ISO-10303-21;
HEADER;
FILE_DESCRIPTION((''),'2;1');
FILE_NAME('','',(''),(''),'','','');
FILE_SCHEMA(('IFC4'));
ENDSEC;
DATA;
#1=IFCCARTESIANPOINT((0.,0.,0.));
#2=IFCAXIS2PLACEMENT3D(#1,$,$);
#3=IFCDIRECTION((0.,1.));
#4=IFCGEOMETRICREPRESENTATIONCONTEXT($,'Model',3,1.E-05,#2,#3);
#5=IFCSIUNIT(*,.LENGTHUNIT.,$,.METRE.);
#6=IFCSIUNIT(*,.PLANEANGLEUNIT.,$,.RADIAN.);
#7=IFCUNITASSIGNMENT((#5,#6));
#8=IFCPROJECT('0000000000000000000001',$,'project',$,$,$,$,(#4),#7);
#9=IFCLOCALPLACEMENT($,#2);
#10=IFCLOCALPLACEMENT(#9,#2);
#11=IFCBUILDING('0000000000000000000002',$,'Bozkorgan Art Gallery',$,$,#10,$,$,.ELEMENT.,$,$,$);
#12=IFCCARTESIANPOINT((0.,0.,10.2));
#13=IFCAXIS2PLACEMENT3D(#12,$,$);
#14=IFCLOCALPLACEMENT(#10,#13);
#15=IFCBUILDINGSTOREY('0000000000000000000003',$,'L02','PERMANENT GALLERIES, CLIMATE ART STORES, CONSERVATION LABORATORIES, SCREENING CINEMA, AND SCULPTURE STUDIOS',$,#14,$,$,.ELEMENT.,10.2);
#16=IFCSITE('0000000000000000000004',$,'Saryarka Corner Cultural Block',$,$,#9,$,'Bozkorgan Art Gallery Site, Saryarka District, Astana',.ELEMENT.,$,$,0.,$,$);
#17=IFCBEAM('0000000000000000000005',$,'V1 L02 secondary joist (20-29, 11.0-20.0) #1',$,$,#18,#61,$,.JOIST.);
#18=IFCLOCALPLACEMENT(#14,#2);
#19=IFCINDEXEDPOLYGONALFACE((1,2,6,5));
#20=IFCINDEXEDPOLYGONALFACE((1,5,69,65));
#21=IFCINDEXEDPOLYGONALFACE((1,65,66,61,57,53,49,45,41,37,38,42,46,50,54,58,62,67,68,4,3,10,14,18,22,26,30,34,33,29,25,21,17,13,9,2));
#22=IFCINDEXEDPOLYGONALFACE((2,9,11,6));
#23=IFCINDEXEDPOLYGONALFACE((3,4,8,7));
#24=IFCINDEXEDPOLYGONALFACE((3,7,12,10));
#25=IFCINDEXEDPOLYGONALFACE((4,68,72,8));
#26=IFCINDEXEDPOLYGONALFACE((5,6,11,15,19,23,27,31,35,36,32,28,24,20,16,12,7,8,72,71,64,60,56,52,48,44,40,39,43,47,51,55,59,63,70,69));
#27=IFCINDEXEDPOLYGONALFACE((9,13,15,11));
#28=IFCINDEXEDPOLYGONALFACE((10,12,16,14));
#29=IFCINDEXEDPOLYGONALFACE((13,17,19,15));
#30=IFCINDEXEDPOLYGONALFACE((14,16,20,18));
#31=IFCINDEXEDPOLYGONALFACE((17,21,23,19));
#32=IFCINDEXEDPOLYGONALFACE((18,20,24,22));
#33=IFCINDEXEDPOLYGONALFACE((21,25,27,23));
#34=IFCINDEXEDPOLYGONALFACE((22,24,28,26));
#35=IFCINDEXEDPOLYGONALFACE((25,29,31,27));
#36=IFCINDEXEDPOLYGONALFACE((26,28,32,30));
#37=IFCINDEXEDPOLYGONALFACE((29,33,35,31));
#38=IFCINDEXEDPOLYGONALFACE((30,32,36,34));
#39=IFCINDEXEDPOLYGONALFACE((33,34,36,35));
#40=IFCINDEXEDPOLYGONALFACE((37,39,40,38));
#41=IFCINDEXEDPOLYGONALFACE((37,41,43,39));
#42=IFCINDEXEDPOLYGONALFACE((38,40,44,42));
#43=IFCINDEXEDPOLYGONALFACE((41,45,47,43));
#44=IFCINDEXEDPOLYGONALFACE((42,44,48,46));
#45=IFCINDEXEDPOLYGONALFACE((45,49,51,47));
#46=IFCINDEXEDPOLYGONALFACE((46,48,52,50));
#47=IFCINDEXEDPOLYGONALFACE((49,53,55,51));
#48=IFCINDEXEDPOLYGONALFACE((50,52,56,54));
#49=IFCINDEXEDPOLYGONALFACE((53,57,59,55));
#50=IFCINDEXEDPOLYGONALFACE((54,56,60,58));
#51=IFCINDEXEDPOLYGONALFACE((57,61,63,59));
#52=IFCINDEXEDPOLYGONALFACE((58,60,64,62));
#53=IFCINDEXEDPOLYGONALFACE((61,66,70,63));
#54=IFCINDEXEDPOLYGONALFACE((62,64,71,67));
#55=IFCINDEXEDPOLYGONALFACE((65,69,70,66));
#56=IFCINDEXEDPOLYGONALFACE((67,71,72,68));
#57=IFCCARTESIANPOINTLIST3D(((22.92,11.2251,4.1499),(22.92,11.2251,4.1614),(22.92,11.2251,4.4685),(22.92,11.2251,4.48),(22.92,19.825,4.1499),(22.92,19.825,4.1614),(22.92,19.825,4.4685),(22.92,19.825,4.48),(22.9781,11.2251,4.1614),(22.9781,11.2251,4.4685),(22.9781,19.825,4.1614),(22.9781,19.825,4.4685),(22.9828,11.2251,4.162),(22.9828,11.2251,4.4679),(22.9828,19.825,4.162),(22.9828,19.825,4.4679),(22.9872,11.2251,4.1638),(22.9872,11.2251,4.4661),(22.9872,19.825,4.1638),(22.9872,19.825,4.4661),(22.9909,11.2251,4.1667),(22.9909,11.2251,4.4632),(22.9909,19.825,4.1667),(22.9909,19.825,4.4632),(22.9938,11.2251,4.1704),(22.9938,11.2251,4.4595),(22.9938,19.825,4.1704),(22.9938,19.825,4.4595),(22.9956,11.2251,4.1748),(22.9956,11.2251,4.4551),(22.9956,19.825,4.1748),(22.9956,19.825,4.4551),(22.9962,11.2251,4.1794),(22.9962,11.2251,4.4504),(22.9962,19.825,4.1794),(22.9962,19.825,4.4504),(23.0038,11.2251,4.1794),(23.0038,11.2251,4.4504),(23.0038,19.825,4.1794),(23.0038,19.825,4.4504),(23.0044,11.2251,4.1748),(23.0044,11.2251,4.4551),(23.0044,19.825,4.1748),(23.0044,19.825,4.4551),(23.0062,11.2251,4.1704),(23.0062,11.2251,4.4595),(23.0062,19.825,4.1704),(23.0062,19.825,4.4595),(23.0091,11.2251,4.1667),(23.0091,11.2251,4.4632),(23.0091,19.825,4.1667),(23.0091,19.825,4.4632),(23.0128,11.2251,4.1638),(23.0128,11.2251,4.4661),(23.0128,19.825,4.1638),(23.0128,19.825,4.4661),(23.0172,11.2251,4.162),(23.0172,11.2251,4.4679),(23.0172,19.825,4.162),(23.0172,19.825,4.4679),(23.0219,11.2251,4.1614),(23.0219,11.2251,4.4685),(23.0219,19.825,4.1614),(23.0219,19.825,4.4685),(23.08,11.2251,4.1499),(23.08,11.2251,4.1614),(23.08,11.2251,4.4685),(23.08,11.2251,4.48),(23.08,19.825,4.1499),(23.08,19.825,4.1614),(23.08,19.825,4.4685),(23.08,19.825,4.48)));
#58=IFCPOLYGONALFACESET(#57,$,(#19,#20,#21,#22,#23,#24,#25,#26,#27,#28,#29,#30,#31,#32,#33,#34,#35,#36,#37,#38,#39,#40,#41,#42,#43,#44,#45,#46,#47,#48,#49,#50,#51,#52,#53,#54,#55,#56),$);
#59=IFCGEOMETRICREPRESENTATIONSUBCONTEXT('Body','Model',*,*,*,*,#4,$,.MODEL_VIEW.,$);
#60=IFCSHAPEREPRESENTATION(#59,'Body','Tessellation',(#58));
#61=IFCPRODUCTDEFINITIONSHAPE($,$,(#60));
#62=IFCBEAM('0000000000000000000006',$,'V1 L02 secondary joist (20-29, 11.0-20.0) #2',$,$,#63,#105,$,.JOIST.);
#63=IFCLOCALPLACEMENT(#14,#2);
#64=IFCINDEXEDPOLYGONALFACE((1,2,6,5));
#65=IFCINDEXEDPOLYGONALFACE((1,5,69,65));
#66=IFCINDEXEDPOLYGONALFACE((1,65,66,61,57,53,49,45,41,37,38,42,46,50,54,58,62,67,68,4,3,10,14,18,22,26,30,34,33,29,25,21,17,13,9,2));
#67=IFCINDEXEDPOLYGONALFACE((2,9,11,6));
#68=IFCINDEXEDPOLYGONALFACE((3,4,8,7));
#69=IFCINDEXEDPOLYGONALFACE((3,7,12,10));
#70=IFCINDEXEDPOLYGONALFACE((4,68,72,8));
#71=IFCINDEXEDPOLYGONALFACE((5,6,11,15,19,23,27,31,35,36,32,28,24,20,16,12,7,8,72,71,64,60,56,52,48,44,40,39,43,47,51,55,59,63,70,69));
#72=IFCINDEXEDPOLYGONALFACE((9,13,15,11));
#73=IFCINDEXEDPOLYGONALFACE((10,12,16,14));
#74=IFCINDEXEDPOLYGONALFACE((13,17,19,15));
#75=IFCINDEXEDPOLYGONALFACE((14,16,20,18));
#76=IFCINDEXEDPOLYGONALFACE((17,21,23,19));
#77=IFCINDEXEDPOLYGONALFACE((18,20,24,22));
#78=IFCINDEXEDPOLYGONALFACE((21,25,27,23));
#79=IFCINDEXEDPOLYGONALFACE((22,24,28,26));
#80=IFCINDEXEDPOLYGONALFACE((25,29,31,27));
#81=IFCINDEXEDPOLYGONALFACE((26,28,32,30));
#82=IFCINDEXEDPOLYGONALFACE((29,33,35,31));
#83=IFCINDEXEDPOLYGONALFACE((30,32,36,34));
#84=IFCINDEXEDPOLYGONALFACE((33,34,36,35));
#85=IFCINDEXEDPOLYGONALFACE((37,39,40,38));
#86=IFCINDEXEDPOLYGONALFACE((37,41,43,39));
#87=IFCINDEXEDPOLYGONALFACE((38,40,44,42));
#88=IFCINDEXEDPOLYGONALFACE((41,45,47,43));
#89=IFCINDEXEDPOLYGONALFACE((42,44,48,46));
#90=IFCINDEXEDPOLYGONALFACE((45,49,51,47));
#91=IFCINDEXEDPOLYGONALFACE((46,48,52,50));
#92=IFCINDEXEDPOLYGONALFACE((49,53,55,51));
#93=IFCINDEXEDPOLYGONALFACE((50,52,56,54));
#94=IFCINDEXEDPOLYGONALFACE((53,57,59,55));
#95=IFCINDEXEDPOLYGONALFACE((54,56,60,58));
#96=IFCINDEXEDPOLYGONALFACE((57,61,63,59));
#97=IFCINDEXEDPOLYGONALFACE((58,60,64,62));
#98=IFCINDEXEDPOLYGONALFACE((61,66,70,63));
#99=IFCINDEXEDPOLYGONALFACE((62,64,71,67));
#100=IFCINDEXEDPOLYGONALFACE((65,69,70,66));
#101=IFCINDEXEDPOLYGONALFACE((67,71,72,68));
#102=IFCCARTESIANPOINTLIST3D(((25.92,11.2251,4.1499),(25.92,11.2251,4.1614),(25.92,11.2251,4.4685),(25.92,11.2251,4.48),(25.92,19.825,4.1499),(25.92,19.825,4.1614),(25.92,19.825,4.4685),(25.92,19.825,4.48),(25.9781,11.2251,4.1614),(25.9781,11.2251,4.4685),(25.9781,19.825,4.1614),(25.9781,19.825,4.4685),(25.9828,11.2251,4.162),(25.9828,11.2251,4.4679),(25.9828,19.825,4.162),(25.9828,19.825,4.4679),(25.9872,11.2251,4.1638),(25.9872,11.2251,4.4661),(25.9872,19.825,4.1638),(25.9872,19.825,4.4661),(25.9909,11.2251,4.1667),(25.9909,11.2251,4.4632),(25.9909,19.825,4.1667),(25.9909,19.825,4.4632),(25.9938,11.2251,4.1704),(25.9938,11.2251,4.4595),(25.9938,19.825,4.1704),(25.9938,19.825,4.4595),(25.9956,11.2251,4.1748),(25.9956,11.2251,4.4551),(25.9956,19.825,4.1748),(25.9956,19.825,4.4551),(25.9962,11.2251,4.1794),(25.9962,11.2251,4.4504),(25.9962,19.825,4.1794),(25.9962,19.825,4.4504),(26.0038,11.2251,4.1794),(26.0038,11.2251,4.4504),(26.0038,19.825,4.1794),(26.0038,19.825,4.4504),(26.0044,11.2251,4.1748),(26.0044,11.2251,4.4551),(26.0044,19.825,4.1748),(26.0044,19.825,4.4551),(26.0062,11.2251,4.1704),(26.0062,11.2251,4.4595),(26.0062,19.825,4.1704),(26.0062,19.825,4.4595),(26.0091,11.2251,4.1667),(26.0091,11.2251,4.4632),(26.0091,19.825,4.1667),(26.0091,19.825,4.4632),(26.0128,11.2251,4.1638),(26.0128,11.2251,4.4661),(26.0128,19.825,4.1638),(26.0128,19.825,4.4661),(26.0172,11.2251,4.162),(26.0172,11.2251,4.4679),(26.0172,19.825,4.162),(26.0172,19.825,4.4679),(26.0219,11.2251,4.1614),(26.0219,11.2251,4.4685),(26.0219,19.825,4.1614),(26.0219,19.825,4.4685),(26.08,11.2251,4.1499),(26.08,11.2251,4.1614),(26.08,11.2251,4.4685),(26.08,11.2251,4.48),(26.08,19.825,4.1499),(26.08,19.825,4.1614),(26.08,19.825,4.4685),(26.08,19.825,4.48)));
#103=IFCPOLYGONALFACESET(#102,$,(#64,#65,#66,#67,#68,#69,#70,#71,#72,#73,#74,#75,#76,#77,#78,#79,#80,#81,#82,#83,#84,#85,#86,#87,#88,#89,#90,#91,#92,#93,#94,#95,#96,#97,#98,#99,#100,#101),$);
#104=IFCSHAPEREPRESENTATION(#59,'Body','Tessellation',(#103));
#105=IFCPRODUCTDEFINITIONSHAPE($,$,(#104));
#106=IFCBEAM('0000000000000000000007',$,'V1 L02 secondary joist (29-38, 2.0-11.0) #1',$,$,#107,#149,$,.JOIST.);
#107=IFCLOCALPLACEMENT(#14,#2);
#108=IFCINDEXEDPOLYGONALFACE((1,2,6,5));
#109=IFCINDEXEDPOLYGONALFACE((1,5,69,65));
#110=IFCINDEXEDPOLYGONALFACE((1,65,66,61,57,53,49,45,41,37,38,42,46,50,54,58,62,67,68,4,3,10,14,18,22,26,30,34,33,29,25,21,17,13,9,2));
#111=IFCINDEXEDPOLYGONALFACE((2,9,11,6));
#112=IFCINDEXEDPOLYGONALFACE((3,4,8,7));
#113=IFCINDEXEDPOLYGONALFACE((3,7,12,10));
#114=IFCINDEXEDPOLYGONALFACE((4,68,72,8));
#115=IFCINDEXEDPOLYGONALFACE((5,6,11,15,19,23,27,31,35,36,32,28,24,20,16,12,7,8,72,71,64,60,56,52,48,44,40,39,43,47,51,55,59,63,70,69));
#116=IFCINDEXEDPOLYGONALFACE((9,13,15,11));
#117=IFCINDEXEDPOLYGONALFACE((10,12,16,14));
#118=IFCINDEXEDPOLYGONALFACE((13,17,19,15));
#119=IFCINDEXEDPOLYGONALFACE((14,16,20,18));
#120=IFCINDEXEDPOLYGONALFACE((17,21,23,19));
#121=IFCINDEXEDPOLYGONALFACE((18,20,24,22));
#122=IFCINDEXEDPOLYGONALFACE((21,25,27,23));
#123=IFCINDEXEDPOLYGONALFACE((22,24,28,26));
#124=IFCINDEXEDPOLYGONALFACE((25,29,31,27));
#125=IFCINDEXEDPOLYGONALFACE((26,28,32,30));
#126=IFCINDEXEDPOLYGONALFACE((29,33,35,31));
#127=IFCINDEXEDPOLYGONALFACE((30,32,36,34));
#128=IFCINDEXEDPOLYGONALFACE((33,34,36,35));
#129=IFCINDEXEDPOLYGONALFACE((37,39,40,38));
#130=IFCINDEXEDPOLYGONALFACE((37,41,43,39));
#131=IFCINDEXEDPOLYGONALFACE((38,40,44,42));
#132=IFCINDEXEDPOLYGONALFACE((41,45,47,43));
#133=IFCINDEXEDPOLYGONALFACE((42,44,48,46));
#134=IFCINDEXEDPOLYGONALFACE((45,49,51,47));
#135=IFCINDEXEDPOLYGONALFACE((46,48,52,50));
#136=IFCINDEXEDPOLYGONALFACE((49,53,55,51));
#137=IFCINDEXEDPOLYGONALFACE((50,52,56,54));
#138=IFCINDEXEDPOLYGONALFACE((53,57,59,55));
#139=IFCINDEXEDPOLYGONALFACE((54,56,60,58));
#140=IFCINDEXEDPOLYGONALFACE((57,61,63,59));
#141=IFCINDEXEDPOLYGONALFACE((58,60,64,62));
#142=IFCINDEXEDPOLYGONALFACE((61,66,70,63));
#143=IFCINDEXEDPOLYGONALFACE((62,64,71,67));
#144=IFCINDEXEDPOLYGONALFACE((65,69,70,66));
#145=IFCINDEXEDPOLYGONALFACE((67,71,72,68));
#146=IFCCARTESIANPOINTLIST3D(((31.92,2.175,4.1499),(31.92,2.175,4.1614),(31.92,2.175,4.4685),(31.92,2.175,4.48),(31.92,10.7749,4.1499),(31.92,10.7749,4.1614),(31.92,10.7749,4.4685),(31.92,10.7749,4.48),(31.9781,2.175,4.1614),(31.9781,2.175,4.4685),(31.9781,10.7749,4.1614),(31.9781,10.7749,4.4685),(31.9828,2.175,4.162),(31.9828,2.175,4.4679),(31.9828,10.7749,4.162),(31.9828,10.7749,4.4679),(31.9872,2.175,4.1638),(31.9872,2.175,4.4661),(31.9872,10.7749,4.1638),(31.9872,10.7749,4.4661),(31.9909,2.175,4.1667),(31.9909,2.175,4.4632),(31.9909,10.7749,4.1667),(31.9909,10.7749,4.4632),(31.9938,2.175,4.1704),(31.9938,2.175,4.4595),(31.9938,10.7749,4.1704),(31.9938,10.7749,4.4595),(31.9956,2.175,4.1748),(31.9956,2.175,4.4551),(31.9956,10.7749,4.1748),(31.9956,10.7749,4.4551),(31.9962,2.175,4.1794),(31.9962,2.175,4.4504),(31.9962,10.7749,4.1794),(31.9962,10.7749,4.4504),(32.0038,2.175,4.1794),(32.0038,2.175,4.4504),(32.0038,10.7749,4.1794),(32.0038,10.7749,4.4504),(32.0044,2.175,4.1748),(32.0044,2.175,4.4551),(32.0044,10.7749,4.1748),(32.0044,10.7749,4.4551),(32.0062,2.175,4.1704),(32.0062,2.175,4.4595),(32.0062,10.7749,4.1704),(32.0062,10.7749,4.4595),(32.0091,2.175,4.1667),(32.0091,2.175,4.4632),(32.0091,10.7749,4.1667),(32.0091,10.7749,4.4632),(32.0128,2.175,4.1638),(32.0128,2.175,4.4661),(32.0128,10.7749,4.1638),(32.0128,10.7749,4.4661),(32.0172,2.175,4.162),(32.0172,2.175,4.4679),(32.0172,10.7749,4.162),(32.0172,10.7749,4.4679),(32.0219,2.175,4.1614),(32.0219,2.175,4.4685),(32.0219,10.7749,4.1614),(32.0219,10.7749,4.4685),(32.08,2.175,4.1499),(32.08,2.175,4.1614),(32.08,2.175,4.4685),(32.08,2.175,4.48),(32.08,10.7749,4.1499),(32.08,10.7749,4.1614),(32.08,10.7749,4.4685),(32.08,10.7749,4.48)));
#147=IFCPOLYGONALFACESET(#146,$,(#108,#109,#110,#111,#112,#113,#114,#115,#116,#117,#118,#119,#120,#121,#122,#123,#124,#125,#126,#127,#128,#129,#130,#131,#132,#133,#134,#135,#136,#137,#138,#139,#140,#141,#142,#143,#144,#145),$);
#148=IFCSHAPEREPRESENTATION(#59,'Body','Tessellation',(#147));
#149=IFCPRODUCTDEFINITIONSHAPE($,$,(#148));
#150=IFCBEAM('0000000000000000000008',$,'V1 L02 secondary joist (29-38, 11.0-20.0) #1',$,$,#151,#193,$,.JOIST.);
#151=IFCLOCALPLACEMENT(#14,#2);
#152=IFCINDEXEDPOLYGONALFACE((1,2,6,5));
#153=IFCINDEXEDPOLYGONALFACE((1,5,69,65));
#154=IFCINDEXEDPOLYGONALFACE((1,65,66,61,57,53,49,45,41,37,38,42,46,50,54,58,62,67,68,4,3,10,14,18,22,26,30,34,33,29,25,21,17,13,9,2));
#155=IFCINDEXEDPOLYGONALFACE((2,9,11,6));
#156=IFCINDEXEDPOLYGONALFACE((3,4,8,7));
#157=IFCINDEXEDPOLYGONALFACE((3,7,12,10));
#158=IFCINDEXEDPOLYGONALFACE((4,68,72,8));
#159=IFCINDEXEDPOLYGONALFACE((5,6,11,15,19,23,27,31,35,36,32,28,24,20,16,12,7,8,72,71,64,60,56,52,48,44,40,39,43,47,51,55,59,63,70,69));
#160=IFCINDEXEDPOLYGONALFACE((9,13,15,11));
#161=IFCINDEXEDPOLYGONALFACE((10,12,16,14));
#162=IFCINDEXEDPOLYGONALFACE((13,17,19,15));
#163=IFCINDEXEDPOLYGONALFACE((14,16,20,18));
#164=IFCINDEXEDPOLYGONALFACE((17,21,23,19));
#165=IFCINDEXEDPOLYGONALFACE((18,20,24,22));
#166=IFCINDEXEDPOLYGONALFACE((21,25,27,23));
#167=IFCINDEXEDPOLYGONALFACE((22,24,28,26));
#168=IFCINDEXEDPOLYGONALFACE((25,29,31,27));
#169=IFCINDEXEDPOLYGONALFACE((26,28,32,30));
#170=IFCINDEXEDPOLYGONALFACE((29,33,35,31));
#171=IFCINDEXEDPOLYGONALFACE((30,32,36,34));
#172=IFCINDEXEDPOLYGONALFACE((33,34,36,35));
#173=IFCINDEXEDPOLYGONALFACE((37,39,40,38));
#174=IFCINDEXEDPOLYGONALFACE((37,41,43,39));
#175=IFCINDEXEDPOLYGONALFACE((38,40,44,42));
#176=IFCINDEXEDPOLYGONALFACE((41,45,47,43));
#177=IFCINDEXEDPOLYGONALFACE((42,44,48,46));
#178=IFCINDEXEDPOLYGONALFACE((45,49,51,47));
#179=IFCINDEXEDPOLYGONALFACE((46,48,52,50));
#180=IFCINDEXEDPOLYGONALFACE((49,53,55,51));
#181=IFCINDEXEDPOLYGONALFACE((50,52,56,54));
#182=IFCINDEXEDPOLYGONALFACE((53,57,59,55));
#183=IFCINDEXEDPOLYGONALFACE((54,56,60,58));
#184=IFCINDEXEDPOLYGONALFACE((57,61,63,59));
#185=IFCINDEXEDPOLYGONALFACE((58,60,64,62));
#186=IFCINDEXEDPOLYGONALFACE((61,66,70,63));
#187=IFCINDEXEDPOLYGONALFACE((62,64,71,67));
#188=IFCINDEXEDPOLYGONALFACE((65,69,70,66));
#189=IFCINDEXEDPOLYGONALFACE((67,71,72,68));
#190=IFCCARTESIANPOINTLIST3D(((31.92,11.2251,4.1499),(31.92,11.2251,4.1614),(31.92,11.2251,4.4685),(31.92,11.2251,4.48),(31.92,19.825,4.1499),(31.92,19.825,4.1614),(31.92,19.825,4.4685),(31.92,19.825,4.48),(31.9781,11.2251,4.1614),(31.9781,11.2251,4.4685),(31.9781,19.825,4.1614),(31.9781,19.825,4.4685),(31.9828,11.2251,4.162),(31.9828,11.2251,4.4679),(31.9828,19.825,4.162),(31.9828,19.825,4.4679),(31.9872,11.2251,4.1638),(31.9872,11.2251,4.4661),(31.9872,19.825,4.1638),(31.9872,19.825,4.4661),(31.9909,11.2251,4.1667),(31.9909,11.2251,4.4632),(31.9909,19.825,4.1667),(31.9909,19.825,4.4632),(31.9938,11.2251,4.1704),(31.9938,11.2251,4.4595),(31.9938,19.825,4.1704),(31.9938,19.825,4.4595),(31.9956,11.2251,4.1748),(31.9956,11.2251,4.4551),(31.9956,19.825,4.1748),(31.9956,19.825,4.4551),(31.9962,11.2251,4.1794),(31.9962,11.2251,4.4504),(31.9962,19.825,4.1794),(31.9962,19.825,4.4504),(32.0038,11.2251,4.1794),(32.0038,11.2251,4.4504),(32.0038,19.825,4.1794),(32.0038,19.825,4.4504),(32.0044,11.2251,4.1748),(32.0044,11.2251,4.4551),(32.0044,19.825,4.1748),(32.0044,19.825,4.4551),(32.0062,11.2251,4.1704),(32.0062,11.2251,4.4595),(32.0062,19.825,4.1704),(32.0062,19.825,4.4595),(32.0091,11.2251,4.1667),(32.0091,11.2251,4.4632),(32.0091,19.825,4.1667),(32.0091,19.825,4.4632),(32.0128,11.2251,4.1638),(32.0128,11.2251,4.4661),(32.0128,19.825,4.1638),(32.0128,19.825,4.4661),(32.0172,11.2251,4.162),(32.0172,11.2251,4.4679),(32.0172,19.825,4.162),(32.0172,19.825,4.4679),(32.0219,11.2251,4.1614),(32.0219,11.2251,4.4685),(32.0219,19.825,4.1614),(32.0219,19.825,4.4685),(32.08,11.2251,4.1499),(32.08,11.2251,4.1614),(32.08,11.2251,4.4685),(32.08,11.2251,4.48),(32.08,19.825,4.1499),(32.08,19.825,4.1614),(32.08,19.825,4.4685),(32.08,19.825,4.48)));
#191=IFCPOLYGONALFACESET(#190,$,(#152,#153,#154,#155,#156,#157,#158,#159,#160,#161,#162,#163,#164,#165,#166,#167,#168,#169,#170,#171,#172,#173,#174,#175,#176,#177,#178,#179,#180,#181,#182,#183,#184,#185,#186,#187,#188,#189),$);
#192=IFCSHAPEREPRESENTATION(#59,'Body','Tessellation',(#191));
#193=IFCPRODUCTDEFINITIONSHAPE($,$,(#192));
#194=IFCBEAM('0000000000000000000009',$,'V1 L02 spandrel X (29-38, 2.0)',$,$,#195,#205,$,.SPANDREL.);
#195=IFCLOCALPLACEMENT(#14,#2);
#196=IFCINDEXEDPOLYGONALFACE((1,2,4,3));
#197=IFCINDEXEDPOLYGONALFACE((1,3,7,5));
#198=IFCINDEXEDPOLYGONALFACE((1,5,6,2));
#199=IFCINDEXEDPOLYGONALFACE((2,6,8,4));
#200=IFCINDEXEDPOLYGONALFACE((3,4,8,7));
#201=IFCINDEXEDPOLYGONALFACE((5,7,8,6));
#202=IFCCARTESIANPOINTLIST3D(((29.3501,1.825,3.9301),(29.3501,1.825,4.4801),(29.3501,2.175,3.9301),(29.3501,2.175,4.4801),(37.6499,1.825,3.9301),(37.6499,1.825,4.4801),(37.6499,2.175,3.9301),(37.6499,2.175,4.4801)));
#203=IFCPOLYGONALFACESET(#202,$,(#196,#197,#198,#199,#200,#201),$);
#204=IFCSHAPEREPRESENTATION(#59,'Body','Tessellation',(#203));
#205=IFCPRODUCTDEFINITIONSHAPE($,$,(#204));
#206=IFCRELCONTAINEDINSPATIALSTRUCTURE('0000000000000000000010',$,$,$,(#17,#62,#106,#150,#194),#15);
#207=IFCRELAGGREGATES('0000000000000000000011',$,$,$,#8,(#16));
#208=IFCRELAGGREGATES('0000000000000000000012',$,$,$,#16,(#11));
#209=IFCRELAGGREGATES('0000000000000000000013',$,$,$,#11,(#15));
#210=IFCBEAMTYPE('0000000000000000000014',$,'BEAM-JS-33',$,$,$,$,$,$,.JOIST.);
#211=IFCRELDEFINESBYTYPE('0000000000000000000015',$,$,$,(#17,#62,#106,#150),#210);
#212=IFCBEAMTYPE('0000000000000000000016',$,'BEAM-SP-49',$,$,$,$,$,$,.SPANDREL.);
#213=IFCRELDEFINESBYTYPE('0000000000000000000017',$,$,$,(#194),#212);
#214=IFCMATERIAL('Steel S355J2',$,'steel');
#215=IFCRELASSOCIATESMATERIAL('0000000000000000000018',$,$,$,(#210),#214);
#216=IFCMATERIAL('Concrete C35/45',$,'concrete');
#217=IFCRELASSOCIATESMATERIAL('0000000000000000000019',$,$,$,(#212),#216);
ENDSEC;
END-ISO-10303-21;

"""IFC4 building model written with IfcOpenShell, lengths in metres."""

from ifc_helpers import new_model, si_unit, direction, frame, origin, origin_2d, place, context, subcontext, project, spatial, rectangle, i_section, extrude, material, material_profile, profile_set, type_object, element, save


model = new_model("IFC4")

# Units and contexts
model_context = context("Model", 3, precision=1e-05, world=origin(), true_north=direction((0.0, 1.0)))
body_context = subcontext(model_context, "Body", "Model", "MODEL_VIEW")
ifc_project = project(units=[si_unit("LENGTHUNIT", "METRE"), si_unit("PLANEANGLEUNIT", "RADIAN")], contexts=[model_context])

# Site, building, storey
site_placement = place(None, origin())
site = spatial("IfcSite", under=ifc_project, at=site_placement, Name="Saryarka Corner Cultural Block", LongName="Bozkorgan Art Gallery Site, Saryarka District, Astana", CompositionType="ELEMENT", RefElevation=0.0)
building_placement = place(site_placement, origin())
building = spatial("IfcBuilding", under=site, at=building_placement, Name="Bozkorgan Art Gallery", CompositionType="ELEMENT")
storey_placement = place(building_placement, frame((0.0, 0.0, 10.2)))
storey = spatial("IfcBuildingStorey", under=building, at=storey_placement, Name="L02", Description="PERMANENT GALLERIES, CLIMATE ART STORES, CONSERVATION LABORATORIES, SCREENING CINEMA, AND SCULPTURE STUDIOS", CompositionType="ELEMENT", Elevation=10.2)

# Beams
ifc_material_1 = material(Name="Concrete C35/45", Category="concrete")
ifc_material_2 = material(Name="Steel S355J2", Category="steel")
ifc_material_profile_1 = material_profile(ifc_material_2, i_section(OverallWidth=0.1599, OverallDepth=0.3301, WebThickness=0.0076, FlangeThickness=0.0115, FilletRadius=0.0181, at=origin_2d()), Name="IPE 330")
ifc_profile_set_1 = profile_set([ifc_material_profile_1], Name="Steel S355J2")
beam_type_1 = type_object("IfcBeamType", Name="BEAM-JS-33", PredefinedType="JOIST", material=ifc_profile_set_1)
for number, where, z_axis, x_axis, name in (
    (1, (23.0, 11.2251, 4.3149), (0.0, 1.0, 0.0), (-1.0, 0.0, 0.0), "V1 L02 secondary joist (20-29, 11.0-20.0) #1"),
    (2, (26.0, 11.2251, 4.3149), (0.0, 1.0, 0.0), (-1.0, 0.0, 0.0), "V1 L02 secondary joist (20-29, 11.0-20.0) #2"),
    (3, (32.0, 2.175, 4.3149), (0.0, 1.0, 0.0), (-1.0, 0.0, 0.0), "V1 L02 secondary joist (29-38, 2.0-11.0) #1"),
    (4, (32.0, 11.2251, 4.3149), (0.0, 1.0, 0.0), (-1.0, 0.0, 0.0), "V1 L02 secondary joist (29-38, 11.0-20.0) #1"),
):
    element("IfcBeam", number, at=place(storey_placement, frame(where, z_axis=z_axis, x_axis=x_axis)), inside=storey, type_object=beam_type_1, Name=name, PredefinedType="JOIST", context=body_context, shape_type="SweptSolid", body=[
        extrude(i_section(OverallWidth=0.1599, OverallDepth=0.3301, WebThickness=0.0076, FlangeThickness=0.0115, FilletRadius=0.0181, at=origin_2d()), origin(), (0.0, 0.0, 1.0), 8.5999),
    ])
ifc_material_profile_2 = material_profile(ifc_material_1, rectangle(XDim=0.3501, YDim=0.55, at=origin_2d()), Name="RC 350x550")
ifc_profile_set_2 = profile_set([ifc_material_profile_2], Name="Concrete C35/45")
beam_type_2 = type_object("IfcBeamType", Name="BEAM-SP-49", PredefinedType="SPANDREL", material=ifc_profile_set_2)
beam_1_placement = place(storey_placement, frame((29.3501, 2.0, 4.2051), z_axis=(1.0, 0.0, 0.0), x_axis=(0.0, 1.0, 0.0)))
element("IfcBeam", 5, at=beam_1_placement, inside=storey, type_object=beam_type_2, Name="V1 L02 spandrel X (29-38, 2.0)", PredefinedType="SPANDREL", context=body_context, shape_type="SweptSolid", body=[
    extrude(rectangle(XDim=0.3501, YDim=0.55, at=origin_2d()), origin(), (0.0, 0.0, 1.0), 8.2998),
])

save(model, "model.ifc")
